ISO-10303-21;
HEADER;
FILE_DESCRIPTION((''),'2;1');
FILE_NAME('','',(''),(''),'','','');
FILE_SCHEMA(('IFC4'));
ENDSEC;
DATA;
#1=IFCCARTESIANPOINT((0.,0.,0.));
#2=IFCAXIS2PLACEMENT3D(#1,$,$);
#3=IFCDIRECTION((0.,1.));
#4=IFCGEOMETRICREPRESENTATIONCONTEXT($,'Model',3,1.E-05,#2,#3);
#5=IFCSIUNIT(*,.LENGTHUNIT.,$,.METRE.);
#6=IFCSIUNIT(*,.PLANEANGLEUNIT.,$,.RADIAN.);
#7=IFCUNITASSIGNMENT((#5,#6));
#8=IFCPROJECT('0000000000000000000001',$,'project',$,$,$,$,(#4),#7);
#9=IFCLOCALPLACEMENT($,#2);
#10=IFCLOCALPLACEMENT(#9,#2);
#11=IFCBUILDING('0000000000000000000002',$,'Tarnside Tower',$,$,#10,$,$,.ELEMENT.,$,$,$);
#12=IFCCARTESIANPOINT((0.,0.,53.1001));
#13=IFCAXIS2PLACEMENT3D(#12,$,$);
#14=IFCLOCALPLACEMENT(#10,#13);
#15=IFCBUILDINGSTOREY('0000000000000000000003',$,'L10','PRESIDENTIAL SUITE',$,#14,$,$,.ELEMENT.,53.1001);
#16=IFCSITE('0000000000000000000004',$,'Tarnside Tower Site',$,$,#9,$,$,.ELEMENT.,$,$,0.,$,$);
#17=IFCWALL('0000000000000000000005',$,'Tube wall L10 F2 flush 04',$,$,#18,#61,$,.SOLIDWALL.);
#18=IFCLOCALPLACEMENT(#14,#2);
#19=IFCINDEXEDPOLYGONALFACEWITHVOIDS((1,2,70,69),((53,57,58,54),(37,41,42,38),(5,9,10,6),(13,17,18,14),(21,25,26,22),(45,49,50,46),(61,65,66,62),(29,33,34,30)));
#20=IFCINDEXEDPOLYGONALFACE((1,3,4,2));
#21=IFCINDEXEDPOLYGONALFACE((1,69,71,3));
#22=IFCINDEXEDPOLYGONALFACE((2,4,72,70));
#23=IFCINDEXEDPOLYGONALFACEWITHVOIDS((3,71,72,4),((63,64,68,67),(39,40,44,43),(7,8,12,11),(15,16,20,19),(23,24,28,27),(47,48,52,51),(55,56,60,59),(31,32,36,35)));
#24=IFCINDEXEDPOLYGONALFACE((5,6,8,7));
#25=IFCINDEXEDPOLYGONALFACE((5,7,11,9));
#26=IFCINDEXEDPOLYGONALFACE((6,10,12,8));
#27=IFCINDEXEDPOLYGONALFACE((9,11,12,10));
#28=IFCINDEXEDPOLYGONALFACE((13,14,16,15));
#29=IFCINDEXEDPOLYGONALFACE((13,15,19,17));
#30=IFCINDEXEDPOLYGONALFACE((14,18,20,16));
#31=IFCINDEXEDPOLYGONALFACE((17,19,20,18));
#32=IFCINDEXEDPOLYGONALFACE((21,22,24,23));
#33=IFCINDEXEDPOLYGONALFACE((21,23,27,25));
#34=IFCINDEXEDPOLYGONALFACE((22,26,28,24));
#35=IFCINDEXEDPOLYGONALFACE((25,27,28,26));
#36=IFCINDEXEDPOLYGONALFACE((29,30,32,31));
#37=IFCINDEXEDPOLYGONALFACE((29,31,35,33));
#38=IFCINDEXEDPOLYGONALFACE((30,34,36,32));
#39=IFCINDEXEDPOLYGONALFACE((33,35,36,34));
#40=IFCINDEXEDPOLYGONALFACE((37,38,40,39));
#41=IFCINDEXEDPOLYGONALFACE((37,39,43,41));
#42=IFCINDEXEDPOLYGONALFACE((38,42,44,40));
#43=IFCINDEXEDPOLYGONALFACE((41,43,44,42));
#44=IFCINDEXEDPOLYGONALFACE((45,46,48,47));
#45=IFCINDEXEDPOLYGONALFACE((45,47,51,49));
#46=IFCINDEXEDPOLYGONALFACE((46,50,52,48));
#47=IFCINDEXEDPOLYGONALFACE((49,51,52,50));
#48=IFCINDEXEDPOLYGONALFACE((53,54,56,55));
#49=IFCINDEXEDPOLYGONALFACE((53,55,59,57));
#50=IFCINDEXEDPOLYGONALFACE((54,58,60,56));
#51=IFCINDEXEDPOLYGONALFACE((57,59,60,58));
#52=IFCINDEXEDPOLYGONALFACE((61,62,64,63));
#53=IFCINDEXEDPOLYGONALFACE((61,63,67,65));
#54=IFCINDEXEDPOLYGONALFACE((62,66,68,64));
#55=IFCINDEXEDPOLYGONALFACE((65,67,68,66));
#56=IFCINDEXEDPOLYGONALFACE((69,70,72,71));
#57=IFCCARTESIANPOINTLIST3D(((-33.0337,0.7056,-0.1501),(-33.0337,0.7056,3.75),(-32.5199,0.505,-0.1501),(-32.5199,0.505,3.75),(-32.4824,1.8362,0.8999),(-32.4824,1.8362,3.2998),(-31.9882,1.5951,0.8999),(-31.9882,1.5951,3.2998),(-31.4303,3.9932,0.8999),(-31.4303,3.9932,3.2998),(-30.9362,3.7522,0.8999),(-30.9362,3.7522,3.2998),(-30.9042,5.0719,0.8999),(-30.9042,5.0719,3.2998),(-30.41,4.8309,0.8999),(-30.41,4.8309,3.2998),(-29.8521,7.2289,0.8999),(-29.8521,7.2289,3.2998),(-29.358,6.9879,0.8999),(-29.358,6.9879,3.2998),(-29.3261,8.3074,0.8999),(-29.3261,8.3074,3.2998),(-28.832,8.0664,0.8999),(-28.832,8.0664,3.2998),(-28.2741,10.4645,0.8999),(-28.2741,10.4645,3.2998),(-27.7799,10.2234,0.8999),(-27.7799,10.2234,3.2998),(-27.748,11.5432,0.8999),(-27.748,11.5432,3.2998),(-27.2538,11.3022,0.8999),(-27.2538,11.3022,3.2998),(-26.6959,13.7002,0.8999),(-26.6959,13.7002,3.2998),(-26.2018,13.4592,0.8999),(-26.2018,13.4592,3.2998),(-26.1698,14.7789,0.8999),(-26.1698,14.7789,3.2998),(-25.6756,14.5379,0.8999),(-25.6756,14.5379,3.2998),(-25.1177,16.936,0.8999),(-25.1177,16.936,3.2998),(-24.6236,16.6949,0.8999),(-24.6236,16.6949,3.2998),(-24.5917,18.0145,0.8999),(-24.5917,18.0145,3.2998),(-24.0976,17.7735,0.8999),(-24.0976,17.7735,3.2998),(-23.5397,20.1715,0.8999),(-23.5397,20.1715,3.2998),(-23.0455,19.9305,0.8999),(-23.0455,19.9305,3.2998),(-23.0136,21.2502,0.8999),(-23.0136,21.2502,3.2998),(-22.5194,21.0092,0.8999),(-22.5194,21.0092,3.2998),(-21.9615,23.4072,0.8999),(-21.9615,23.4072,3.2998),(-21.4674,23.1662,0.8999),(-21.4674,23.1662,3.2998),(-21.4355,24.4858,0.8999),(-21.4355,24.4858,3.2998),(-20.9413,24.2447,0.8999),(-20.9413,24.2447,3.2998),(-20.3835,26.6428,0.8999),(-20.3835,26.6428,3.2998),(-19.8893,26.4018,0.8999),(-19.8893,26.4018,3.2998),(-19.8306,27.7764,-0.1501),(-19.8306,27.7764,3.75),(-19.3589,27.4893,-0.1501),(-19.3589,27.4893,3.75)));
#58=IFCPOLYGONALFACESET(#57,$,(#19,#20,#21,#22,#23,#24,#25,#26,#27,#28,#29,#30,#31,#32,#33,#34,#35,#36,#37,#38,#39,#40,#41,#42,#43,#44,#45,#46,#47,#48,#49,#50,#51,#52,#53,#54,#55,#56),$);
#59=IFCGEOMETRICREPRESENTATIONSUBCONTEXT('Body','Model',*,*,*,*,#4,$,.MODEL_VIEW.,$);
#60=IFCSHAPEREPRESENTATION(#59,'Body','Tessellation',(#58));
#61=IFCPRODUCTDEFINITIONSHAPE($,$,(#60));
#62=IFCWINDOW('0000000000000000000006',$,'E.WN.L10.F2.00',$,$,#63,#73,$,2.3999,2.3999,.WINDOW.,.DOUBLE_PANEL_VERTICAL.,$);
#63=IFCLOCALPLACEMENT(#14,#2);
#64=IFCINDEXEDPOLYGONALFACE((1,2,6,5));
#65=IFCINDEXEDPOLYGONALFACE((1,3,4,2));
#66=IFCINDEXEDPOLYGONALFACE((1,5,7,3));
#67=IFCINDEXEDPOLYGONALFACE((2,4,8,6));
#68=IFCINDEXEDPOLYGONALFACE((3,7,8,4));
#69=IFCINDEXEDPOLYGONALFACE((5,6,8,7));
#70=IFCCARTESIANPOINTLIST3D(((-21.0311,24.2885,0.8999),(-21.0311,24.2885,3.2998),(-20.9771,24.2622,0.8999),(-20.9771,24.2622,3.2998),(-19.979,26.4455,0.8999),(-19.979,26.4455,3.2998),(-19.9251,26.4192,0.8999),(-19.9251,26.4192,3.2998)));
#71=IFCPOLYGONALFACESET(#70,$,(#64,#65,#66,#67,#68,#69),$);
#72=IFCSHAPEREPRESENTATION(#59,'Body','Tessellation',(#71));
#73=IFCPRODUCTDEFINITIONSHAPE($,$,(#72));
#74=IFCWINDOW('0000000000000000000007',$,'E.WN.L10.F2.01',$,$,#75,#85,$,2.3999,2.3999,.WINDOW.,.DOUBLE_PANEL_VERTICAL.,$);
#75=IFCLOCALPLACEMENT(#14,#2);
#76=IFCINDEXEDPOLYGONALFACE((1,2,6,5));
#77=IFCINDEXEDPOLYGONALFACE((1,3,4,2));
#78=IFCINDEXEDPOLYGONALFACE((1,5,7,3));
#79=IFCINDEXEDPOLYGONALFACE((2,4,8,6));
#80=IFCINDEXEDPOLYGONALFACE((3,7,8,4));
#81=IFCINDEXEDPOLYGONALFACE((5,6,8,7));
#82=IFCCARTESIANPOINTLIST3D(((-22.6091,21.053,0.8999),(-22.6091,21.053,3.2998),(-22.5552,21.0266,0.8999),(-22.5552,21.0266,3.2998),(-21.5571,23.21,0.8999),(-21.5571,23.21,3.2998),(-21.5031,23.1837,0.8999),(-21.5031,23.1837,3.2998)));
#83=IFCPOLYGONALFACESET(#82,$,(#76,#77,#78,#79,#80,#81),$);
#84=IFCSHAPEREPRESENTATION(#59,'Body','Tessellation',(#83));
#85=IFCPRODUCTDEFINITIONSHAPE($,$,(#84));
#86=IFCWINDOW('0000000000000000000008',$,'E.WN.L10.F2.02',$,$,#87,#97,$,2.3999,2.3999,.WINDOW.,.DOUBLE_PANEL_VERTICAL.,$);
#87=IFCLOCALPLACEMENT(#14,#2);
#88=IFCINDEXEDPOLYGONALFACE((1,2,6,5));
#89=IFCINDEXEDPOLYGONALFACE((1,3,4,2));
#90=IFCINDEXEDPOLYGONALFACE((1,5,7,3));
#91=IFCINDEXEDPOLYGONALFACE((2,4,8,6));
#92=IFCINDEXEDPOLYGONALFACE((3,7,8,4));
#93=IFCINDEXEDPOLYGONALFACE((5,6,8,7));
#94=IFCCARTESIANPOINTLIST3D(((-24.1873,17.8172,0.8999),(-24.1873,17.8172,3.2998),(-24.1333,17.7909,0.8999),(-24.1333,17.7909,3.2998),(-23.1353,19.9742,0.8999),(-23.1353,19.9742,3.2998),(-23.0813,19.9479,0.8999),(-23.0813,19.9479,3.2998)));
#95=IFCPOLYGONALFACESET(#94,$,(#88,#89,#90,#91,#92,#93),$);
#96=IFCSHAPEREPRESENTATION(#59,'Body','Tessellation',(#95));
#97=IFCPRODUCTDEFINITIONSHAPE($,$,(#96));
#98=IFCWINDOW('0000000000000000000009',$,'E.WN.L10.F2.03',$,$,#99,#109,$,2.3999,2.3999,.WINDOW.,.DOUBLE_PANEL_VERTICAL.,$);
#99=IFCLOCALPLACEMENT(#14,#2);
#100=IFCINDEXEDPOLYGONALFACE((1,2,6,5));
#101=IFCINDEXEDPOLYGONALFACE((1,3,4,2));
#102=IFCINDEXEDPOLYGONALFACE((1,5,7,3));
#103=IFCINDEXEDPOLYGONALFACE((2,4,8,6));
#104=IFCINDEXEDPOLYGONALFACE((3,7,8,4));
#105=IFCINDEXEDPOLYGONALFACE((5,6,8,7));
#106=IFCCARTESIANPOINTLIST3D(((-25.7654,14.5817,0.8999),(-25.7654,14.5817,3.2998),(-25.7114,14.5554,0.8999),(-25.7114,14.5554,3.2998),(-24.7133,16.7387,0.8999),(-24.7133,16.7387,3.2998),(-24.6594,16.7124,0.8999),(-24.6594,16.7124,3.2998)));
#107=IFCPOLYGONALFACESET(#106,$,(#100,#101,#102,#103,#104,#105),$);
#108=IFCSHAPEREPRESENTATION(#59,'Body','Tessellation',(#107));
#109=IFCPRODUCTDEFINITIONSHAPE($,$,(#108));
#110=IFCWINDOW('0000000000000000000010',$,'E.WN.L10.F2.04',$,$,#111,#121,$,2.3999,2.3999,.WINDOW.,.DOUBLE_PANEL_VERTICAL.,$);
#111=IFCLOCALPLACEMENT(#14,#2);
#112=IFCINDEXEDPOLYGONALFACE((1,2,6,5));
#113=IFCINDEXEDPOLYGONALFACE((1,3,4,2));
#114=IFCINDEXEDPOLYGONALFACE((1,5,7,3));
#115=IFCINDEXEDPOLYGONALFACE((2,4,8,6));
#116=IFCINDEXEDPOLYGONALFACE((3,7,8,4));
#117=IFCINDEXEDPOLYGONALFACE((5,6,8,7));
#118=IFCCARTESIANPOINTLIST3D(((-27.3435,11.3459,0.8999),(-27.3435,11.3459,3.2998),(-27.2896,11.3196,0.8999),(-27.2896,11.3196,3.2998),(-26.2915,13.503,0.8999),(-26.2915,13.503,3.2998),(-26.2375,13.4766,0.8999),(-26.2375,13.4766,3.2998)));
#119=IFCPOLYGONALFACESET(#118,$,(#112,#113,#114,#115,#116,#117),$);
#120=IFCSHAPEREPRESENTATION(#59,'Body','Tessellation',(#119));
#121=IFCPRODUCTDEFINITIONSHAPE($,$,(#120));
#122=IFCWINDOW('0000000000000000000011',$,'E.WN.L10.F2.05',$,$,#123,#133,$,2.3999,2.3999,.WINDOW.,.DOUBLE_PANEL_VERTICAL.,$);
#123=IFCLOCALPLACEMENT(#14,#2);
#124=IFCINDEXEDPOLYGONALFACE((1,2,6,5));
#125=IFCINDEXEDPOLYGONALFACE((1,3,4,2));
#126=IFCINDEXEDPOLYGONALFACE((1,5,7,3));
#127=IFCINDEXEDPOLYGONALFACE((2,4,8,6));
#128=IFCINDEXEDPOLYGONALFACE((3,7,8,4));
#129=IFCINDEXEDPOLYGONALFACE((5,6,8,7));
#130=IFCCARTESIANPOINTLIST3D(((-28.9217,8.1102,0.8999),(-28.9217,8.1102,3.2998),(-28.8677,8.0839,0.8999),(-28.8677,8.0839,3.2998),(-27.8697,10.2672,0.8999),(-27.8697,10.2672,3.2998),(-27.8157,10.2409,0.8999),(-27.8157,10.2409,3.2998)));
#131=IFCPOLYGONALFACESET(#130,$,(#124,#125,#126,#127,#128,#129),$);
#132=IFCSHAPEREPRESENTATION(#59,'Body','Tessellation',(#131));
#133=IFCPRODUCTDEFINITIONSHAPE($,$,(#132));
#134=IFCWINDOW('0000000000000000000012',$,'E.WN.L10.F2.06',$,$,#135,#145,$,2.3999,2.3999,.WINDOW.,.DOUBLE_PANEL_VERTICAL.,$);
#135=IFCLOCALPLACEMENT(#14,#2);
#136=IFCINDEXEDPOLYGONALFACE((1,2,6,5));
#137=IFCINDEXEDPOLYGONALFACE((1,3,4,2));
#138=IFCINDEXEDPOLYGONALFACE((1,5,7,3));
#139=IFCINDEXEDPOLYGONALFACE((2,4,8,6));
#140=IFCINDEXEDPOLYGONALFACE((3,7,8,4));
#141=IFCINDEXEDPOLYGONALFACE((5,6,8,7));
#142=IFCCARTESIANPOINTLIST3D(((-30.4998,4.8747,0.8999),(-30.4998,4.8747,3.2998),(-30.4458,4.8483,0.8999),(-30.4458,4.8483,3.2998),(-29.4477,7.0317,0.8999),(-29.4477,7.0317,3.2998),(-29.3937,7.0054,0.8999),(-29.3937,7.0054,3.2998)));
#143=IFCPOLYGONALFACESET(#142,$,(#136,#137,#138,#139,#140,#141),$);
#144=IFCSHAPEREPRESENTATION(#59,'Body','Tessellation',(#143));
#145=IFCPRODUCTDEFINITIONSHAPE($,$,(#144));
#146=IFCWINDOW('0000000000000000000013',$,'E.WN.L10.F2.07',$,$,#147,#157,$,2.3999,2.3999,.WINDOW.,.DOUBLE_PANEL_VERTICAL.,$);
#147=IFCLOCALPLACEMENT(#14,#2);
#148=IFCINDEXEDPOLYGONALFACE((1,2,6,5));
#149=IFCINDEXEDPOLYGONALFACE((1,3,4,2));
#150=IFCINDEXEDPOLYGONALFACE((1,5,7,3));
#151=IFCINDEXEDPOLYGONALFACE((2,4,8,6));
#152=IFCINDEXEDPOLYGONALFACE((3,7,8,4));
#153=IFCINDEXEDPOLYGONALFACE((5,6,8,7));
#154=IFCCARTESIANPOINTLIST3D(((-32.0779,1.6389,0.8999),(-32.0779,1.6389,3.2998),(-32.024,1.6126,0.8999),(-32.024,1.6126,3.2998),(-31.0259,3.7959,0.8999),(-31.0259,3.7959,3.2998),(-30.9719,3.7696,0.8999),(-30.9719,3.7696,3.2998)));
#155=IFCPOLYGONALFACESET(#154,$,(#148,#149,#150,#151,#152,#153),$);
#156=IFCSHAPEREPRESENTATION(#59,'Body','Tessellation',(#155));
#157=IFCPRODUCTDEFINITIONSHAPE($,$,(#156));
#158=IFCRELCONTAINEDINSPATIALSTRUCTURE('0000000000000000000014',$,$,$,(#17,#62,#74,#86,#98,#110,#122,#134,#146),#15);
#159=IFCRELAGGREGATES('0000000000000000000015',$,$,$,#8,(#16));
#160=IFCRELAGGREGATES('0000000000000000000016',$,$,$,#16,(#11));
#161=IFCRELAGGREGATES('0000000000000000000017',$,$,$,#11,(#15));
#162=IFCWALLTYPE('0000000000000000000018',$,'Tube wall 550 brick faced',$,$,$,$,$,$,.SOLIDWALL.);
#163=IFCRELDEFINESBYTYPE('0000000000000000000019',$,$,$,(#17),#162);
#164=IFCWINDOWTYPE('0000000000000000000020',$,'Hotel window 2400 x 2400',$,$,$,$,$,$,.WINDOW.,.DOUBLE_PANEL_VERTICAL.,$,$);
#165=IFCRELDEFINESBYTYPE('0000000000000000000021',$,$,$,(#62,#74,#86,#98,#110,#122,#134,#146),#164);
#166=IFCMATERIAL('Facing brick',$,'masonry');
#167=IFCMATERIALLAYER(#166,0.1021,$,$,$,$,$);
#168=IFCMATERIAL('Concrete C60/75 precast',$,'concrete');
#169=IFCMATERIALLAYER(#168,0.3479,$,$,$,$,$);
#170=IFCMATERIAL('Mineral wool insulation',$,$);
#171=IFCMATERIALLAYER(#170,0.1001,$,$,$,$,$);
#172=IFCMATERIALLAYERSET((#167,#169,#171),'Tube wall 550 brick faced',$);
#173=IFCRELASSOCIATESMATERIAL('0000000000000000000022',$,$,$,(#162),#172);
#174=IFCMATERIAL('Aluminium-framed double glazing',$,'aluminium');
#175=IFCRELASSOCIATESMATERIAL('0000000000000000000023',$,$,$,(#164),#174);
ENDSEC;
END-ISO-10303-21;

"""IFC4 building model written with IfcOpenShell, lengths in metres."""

from ifc_helpers import new_model, si_unit, direction, frame, frame_2d, origin, place, context, subcontext, project, spatial, polyline, rectangle, outline, extrude, material, layer, layer_set, type_object, element, fill, save


model = new_model("IFC4")

# Units and contexts
model_context = context("Model", 3, precision=1e-05, world=origin(), true_north=direction((0.0, 1.0)))
body_context = subcontext(model_context, "Body", "Model", "MODEL_VIEW")
ifc_project = project(units=[si_unit("LENGTHUNIT", "METRE"), si_unit("PLANEANGLEUNIT", "RADIAN")], contexts=[model_context])

# Site, building, storey
site_placement = place(None, origin())
site = spatial("IfcSite", under=ifc_project, at=site_placement, Name="Tarnside Tower Site", CompositionType="ELEMENT", RefElevation=0.0)
building_placement = place(site_placement, origin())
building = spatial("IfcBuilding", under=site, at=building_placement, Name="Tarnside Tower", CompositionType="ELEMENT")
storey_placement = place(building_placement, frame((0.0, 0.0, 53.1001)))
storey = spatial("IfcBuildingStorey", under=building, at=storey_placement, Name="L10", Description="PRESIDENTIAL SUITE", CompositionType="ELEMENT", Elevation=53.1001)

# Shared definitions
ifc_material_1 = material(Name="Facing brick", Category="masonry")
ifc_layer_1 = layer(ifc_material_1, 0.1021)
ifc_material_2 = material(Name="Concrete C60/75 precast", Category="concrete")
ifc_layer_2 = layer(ifc_material_2, 0.3479)
ifc_material_3 = material(Name="Mineral wool insulation")
ifc_layer_3 = layer(ifc_material_3, 0.1001)
ifc_layer_set_1 = layer_set([ifc_layer_1, ifc_layer_2, ifc_layer_3], Name="Tube wall 550 brick faced")
wall_type_1 = type_object("IfcWallType", Name="Tube wall 550 brick faced", PredefinedType="SOLIDWALL", material=ifc_layer_set_1)

# Wall, openings, windows
wall_1_placement = place(storey_placement, frame((-19.5947, 27.6328, -0.1501), z_axis=(0.0, 0.0, 1.0), x_axis=(-0.438368, -0.898795, 0.0)))
wall_1 = element("IfcWall", 1, at=wall_1_placement, inside=storey, type_object=wall_type_1, Name="Tube wall L10 F2 flush 04", PredefinedType="SOLIDWALL", context=body_context, shape_type="SweptSolid", body=[
    extrude(outline(polyline([(-0.0256, -0.2749), (30.0933, -0.2749), (30.0483, 0.2749), (0.0256, 0.2749), (-0.0256, -0.2749)])), origin(), (0.0, 0.0, 1.0), 3.9001),
])
opening_1_placement = place(wall_1_placement, frame((1.2356, 0.0, 1.05)))
opening_1 = element("IfcOpeningElement", 2, at=opening_1_placement, cuts=wall_1, PredefinedType="OPENING", context=body_context, shape_type="SweptSolid", body=[
    extrude(rectangle(XDim=2.3999, YDim=2.3999, at=frame_2d((1.2, 1.2))), frame((0.0, 0.2852, 0.0), z_axis=(0.0, -1.0, 0.0), x_axis=(1.0, 0.0, 0.0)), (0.0, 0.0, 1.0), 0.5701),
])
opening_2_placement = place(wall_1_placement, frame((4.8354, 0.0, 1.05)))
opening_2 = element("IfcOpeningElement", 3, at=opening_2_placement, cuts=wall_1, PredefinedType="OPENING", context=body_context, shape_type="SweptSolid", body=[
    extrude(rectangle(XDim=2.3999, YDim=2.3999, at=frame_2d((1.2, 1.2))), frame((0.0, 0.2852, 0.0), z_axis=(0.0, -1.0, 0.0), x_axis=(1.0, 0.0, 0.0)), (0.0, 0.0, 1.0), 0.5701),
])
opening_3_placement = place(wall_1_placement, frame((8.4355, 0.0, 1.05)))
opening_3 = element("IfcOpeningElement", 4, at=opening_3_placement, cuts=wall_1, PredefinedType="OPENING", context=body_context, shape_type="SweptSolid", body=[
    extrude(rectangle(XDim=2.3999, YDim=2.3999, at=frame_2d((1.2, 1.2))), frame((0.0, 0.2852, 0.0), z_axis=(0.0, -1.0, 0.0), x_axis=(1.0, 0.0, 0.0)), (0.0, 0.0, 1.0), 0.5701),
])
opening_4_placement = place(wall_1_placement, frame((12.0354, 0.0, 1.05)))
opening_4 = element("IfcOpeningElement", 5, at=opening_4_placement, cuts=wall_1, PredefinedType="OPENING", context=body_context, shape_type="SweptSolid", body=[
    extrude(rectangle(XDim=2.3999, YDim=2.3999, at=frame_2d((1.2, 1.2))), frame((0.0, 0.2852, 0.0), z_axis=(0.0, -1.0, 0.0), x_axis=(1.0, 0.0, 0.0)), (0.0, 0.0, 1.0), 0.5701),
])
opening_5_placement = place(wall_1_placement, frame((15.6355, 0.0, 1.05)))
opening_5 = element("IfcOpeningElement", 6, at=opening_5_placement, cuts=wall_1, PredefinedType="OPENING", context=body_context, shape_type="SweptSolid", body=[
    extrude(rectangle(XDim=2.3999, YDim=2.3999, at=frame_2d((1.2, 1.2))), frame((0.0, 0.2852, 0.0), z_axis=(0.0, -1.0, 0.0), x_axis=(1.0, 0.0, 0.0)), (0.0, 0.0, 1.0), 0.5701),
])
opening_6_placement = place(wall_1_placement, frame((19.2356, 0.0, 1.05)))
opening_6 = element("IfcOpeningElement", 7, at=opening_6_placement, cuts=wall_1, PredefinedType="OPENING", context=body_context, shape_type="SweptSolid", body=[
    extrude(rectangle(XDim=2.3999, YDim=2.3999, at=frame_2d((1.2, 1.2))), frame((0.0, 0.2852, 0.0), z_axis=(0.0, -1.0, 0.0), x_axis=(1.0, 0.0, 0.0)), (0.0, 0.0, 1.0), 0.5701),
])
opening_7_placement = place(wall_1_placement, frame((22.8354, 0.0, 1.05)))
opening_7 = element("IfcOpeningElement", 8, at=opening_7_placement, cuts=wall_1, PredefinedType="OPENING", context=body_context, shape_type="SweptSolid", body=[
    extrude(rectangle(XDim=2.3999, YDim=2.3999, at=frame_2d((1.2, 1.2))), frame((0.0, 0.2852, 0.0), z_axis=(0.0, -1.0, 0.0), x_axis=(1.0, 0.0, 0.0)), (0.0, 0.0, 1.0), 0.5701),
])
opening_8_placement = place(wall_1_placement, frame((26.4355, 0.0, 1.05)))
opening_8 = element("IfcOpeningElement", 9, at=opening_8_placement, cuts=wall_1, PredefinedType="OPENING", context=body_context, shape_type="SweptSolid", body=[
    extrude(rectangle(XDim=2.3999, YDim=2.3999, at=frame_2d((1.2, 1.2))), frame((0.0, 0.2852, 0.0), z_axis=(0.0, -1.0, 0.0), x_axis=(1.0, 0.0, 0.0)), (0.0, 0.0, 1.0), 0.5701),
])
ifc_material_4 = material(Name="Aluminium-framed double glazing", Category="aluminium")
window_type = type_object("IfcWindowType", Name="Hotel window 2400 x 2400", PartitioningType="DOUBLE_PANEL_VERTICAL", PredefinedType="WINDOW", material=ifc_material_4)
window_1_placement = place(opening_1_placement, frame((0.0, 0.2051, 0.0)))
window_1 = element("IfcWindow", 10, at=window_1_placement, inside=storey, type_object=window_type, Name="E.WN.L10.F2.00", OverallHeight=2.3999, OverallWidth=2.3999, PartitioningType="DOUBLE_PANEL_VERTICAL", PredefinedType="WINDOW", context=body_context, shape_type="SweptSolid", body=[
    extrude(rectangle(XDim=2.3999, YDim=2.3999, at=frame_2d((1.2, 1.2))), frame((0.0, 0.03, 0.0), z_axis=(0.0, -1.0, 0.0), x_axis=(1.0, 0.0, 0.0)), (0.0, 0.0, 1.0), 0.0601),
])
fill(opening_1, window_1)
window_2_placement = place(opening_2_placement, frame((0.0, 0.2051, 0.0)))
window_2 = element("IfcWindow", 11, at=window_2_placement, inside=storey, type_object=window_type, Name="E.WN.L10.F2.01", OverallHeight=2.3999, OverallWidth=2.3999, PartitioningType="DOUBLE_PANEL_VERTICAL", PredefinedType="WINDOW", context=body_context, shape_type="SweptSolid", body=[
    extrude(rectangle(XDim=2.3999, YDim=2.3999, at=frame_2d((1.2, 1.2))), frame((0.0, 0.03, 0.0), z_axis=(0.0, -1.0, 0.0), x_axis=(1.0, 0.0, 0.0)), (0.0, 0.0, 1.0), 0.0601),
])
fill(opening_2, window_2)
window_3_placement = place(opening_3_placement, frame((0.0, 0.2051, 0.0)))
window_3 = element("IfcWindow", 12, at=window_3_placement, inside=storey, type_object=window_type, Name="E.WN.L10.F2.02", OverallHeight=2.3999, OverallWidth=2.3999, PartitioningType="DOUBLE_PANEL_VERTICAL", PredefinedType="WINDOW", context=body_context, shape_type="SweptSolid", body=[
    extrude(rectangle(XDim=2.3999, YDim=2.3999, at=frame_2d((1.2, 1.2))), frame((0.0, 0.03, 0.0), z_axis=(0.0, -1.0, 0.0), x_axis=(1.0, 0.0, 0.0)), (0.0, 0.0, 1.0), 0.0601),
])
fill(opening_3, window_3)
window_4_placement = place(opening_4_placement, frame((0.0, 0.2051, 0.0)))
window_4 = element("IfcWindow", 13, at=window_4_placement, inside=storey, type_object=window_type, Name="E.WN.L10.F2.03", OverallHeight=2.3999, OverallWidth=2.3999, PartitioningType="DOUBLE_PANEL_VERTICAL", PredefinedType="WINDOW", context=body_context, shape_type="SweptSolid", body=[
    extrude(rectangle(XDim=2.3999, YDim=2.3999, at=frame_2d((1.2, 1.2))), frame((0.0, 0.03, 0.0), z_axis=(0.0, -1.0, 0.0), x_axis=(1.0, 0.0, 0.0)), (0.0, 0.0, 1.0), 0.0601),
])
fill(opening_4, window_4)
window_5_placement = place(opening_5_placement, frame((0.0, 0.2051, 0.0)))
window_5 = element("IfcWindow", 14, at=window_5_placement, inside=storey, type_object=window_type, Name="E.WN.L10.F2.04", OverallHeight=2.3999, OverallWidth=2.3999, PartitioningType="DOUBLE_PANEL_VERTICAL", PredefinedType="WINDOW", context=body_context, shape_type="SweptSolid", body=[
    extrude(rectangle(XDim=2.3999, YDim=2.3999, at=frame_2d((1.2, 1.2))), frame((0.0, 0.03, 0.0), z_axis=(0.0, -1.0, 0.0), x_axis=(1.0, 0.0, 0.0)), (0.0, 0.0, 1.0), 0.0601),
])
fill(opening_5, window_5)
window_6_placement = place(opening_6_placement, frame((0.0, 0.2051, 0.0)))
window_6 = element("IfcWindow", 15, at=window_6_placement, inside=storey, type_object=window_type, Name="E.WN.L10.F2.05", OverallHeight=2.3999, OverallWidth=2.3999, PartitioningType="DOUBLE_PANEL_VERTICAL", PredefinedType="WINDOW", context=body_context, shape_type="SweptSolid", body=[
    extrude(rectangle(XDim=2.3999, YDim=2.3999, at=frame_2d((1.2, 1.2))), frame((0.0, 0.03, 0.0), z_axis=(0.0, -1.0, 0.0), x_axis=(1.0, 0.0, 0.0)), (0.0, 0.0, 1.0), 0.0601),
])
fill(opening_6, window_6)
window_7_placement = place(opening_7_placement, frame((0.0, 0.2051, 0.0)))
window_7 = element("IfcWindow", 16, at=window_7_placement, inside=storey, type_object=window_type, Name="E.WN.L10.F2.06", OverallHeight=2.3999, OverallWidth=2.3999, PartitioningType="DOUBLE_PANEL_VERTICAL", PredefinedType="WINDOW", context=body_context, shape_type="SweptSolid", body=[
    extrude(rectangle(XDim=2.3999, YDim=2.3999, at=frame_2d((1.2, 1.2))), frame((0.0, 0.03, 0.0), z_axis=(0.0, -1.0, 0.0), x_axis=(1.0, 0.0, 0.0)), (0.0, 0.0, 1.0), 0.0601),
])
fill(opening_7, window_7)
window_8_placement = place(opening_8_placement, frame((0.0, 0.2051, 0.0)))
window_8 = element("IfcWindow", 17, at=window_8_placement, inside=storey, type_object=window_type, Name="E.WN.L10.F2.07", OverallHeight=2.3999, OverallWidth=2.3999, PartitioningType="DOUBLE_PANEL_VERTICAL", PredefinedType="WINDOW", context=body_context, shape_type="SweptSolid", body=[
    extrude(rectangle(XDim=2.3999, YDim=2.3999, at=frame_2d((1.2, 1.2))), frame((0.0, 0.03, 0.0), z_axis=(0.0, -1.0, 0.0), x_axis=(1.0, 0.0, 0.0)), (0.0, 0.0, 1.0), 0.0601),
])
fill(opening_8, window_8)

save(model, "model.ifc")
